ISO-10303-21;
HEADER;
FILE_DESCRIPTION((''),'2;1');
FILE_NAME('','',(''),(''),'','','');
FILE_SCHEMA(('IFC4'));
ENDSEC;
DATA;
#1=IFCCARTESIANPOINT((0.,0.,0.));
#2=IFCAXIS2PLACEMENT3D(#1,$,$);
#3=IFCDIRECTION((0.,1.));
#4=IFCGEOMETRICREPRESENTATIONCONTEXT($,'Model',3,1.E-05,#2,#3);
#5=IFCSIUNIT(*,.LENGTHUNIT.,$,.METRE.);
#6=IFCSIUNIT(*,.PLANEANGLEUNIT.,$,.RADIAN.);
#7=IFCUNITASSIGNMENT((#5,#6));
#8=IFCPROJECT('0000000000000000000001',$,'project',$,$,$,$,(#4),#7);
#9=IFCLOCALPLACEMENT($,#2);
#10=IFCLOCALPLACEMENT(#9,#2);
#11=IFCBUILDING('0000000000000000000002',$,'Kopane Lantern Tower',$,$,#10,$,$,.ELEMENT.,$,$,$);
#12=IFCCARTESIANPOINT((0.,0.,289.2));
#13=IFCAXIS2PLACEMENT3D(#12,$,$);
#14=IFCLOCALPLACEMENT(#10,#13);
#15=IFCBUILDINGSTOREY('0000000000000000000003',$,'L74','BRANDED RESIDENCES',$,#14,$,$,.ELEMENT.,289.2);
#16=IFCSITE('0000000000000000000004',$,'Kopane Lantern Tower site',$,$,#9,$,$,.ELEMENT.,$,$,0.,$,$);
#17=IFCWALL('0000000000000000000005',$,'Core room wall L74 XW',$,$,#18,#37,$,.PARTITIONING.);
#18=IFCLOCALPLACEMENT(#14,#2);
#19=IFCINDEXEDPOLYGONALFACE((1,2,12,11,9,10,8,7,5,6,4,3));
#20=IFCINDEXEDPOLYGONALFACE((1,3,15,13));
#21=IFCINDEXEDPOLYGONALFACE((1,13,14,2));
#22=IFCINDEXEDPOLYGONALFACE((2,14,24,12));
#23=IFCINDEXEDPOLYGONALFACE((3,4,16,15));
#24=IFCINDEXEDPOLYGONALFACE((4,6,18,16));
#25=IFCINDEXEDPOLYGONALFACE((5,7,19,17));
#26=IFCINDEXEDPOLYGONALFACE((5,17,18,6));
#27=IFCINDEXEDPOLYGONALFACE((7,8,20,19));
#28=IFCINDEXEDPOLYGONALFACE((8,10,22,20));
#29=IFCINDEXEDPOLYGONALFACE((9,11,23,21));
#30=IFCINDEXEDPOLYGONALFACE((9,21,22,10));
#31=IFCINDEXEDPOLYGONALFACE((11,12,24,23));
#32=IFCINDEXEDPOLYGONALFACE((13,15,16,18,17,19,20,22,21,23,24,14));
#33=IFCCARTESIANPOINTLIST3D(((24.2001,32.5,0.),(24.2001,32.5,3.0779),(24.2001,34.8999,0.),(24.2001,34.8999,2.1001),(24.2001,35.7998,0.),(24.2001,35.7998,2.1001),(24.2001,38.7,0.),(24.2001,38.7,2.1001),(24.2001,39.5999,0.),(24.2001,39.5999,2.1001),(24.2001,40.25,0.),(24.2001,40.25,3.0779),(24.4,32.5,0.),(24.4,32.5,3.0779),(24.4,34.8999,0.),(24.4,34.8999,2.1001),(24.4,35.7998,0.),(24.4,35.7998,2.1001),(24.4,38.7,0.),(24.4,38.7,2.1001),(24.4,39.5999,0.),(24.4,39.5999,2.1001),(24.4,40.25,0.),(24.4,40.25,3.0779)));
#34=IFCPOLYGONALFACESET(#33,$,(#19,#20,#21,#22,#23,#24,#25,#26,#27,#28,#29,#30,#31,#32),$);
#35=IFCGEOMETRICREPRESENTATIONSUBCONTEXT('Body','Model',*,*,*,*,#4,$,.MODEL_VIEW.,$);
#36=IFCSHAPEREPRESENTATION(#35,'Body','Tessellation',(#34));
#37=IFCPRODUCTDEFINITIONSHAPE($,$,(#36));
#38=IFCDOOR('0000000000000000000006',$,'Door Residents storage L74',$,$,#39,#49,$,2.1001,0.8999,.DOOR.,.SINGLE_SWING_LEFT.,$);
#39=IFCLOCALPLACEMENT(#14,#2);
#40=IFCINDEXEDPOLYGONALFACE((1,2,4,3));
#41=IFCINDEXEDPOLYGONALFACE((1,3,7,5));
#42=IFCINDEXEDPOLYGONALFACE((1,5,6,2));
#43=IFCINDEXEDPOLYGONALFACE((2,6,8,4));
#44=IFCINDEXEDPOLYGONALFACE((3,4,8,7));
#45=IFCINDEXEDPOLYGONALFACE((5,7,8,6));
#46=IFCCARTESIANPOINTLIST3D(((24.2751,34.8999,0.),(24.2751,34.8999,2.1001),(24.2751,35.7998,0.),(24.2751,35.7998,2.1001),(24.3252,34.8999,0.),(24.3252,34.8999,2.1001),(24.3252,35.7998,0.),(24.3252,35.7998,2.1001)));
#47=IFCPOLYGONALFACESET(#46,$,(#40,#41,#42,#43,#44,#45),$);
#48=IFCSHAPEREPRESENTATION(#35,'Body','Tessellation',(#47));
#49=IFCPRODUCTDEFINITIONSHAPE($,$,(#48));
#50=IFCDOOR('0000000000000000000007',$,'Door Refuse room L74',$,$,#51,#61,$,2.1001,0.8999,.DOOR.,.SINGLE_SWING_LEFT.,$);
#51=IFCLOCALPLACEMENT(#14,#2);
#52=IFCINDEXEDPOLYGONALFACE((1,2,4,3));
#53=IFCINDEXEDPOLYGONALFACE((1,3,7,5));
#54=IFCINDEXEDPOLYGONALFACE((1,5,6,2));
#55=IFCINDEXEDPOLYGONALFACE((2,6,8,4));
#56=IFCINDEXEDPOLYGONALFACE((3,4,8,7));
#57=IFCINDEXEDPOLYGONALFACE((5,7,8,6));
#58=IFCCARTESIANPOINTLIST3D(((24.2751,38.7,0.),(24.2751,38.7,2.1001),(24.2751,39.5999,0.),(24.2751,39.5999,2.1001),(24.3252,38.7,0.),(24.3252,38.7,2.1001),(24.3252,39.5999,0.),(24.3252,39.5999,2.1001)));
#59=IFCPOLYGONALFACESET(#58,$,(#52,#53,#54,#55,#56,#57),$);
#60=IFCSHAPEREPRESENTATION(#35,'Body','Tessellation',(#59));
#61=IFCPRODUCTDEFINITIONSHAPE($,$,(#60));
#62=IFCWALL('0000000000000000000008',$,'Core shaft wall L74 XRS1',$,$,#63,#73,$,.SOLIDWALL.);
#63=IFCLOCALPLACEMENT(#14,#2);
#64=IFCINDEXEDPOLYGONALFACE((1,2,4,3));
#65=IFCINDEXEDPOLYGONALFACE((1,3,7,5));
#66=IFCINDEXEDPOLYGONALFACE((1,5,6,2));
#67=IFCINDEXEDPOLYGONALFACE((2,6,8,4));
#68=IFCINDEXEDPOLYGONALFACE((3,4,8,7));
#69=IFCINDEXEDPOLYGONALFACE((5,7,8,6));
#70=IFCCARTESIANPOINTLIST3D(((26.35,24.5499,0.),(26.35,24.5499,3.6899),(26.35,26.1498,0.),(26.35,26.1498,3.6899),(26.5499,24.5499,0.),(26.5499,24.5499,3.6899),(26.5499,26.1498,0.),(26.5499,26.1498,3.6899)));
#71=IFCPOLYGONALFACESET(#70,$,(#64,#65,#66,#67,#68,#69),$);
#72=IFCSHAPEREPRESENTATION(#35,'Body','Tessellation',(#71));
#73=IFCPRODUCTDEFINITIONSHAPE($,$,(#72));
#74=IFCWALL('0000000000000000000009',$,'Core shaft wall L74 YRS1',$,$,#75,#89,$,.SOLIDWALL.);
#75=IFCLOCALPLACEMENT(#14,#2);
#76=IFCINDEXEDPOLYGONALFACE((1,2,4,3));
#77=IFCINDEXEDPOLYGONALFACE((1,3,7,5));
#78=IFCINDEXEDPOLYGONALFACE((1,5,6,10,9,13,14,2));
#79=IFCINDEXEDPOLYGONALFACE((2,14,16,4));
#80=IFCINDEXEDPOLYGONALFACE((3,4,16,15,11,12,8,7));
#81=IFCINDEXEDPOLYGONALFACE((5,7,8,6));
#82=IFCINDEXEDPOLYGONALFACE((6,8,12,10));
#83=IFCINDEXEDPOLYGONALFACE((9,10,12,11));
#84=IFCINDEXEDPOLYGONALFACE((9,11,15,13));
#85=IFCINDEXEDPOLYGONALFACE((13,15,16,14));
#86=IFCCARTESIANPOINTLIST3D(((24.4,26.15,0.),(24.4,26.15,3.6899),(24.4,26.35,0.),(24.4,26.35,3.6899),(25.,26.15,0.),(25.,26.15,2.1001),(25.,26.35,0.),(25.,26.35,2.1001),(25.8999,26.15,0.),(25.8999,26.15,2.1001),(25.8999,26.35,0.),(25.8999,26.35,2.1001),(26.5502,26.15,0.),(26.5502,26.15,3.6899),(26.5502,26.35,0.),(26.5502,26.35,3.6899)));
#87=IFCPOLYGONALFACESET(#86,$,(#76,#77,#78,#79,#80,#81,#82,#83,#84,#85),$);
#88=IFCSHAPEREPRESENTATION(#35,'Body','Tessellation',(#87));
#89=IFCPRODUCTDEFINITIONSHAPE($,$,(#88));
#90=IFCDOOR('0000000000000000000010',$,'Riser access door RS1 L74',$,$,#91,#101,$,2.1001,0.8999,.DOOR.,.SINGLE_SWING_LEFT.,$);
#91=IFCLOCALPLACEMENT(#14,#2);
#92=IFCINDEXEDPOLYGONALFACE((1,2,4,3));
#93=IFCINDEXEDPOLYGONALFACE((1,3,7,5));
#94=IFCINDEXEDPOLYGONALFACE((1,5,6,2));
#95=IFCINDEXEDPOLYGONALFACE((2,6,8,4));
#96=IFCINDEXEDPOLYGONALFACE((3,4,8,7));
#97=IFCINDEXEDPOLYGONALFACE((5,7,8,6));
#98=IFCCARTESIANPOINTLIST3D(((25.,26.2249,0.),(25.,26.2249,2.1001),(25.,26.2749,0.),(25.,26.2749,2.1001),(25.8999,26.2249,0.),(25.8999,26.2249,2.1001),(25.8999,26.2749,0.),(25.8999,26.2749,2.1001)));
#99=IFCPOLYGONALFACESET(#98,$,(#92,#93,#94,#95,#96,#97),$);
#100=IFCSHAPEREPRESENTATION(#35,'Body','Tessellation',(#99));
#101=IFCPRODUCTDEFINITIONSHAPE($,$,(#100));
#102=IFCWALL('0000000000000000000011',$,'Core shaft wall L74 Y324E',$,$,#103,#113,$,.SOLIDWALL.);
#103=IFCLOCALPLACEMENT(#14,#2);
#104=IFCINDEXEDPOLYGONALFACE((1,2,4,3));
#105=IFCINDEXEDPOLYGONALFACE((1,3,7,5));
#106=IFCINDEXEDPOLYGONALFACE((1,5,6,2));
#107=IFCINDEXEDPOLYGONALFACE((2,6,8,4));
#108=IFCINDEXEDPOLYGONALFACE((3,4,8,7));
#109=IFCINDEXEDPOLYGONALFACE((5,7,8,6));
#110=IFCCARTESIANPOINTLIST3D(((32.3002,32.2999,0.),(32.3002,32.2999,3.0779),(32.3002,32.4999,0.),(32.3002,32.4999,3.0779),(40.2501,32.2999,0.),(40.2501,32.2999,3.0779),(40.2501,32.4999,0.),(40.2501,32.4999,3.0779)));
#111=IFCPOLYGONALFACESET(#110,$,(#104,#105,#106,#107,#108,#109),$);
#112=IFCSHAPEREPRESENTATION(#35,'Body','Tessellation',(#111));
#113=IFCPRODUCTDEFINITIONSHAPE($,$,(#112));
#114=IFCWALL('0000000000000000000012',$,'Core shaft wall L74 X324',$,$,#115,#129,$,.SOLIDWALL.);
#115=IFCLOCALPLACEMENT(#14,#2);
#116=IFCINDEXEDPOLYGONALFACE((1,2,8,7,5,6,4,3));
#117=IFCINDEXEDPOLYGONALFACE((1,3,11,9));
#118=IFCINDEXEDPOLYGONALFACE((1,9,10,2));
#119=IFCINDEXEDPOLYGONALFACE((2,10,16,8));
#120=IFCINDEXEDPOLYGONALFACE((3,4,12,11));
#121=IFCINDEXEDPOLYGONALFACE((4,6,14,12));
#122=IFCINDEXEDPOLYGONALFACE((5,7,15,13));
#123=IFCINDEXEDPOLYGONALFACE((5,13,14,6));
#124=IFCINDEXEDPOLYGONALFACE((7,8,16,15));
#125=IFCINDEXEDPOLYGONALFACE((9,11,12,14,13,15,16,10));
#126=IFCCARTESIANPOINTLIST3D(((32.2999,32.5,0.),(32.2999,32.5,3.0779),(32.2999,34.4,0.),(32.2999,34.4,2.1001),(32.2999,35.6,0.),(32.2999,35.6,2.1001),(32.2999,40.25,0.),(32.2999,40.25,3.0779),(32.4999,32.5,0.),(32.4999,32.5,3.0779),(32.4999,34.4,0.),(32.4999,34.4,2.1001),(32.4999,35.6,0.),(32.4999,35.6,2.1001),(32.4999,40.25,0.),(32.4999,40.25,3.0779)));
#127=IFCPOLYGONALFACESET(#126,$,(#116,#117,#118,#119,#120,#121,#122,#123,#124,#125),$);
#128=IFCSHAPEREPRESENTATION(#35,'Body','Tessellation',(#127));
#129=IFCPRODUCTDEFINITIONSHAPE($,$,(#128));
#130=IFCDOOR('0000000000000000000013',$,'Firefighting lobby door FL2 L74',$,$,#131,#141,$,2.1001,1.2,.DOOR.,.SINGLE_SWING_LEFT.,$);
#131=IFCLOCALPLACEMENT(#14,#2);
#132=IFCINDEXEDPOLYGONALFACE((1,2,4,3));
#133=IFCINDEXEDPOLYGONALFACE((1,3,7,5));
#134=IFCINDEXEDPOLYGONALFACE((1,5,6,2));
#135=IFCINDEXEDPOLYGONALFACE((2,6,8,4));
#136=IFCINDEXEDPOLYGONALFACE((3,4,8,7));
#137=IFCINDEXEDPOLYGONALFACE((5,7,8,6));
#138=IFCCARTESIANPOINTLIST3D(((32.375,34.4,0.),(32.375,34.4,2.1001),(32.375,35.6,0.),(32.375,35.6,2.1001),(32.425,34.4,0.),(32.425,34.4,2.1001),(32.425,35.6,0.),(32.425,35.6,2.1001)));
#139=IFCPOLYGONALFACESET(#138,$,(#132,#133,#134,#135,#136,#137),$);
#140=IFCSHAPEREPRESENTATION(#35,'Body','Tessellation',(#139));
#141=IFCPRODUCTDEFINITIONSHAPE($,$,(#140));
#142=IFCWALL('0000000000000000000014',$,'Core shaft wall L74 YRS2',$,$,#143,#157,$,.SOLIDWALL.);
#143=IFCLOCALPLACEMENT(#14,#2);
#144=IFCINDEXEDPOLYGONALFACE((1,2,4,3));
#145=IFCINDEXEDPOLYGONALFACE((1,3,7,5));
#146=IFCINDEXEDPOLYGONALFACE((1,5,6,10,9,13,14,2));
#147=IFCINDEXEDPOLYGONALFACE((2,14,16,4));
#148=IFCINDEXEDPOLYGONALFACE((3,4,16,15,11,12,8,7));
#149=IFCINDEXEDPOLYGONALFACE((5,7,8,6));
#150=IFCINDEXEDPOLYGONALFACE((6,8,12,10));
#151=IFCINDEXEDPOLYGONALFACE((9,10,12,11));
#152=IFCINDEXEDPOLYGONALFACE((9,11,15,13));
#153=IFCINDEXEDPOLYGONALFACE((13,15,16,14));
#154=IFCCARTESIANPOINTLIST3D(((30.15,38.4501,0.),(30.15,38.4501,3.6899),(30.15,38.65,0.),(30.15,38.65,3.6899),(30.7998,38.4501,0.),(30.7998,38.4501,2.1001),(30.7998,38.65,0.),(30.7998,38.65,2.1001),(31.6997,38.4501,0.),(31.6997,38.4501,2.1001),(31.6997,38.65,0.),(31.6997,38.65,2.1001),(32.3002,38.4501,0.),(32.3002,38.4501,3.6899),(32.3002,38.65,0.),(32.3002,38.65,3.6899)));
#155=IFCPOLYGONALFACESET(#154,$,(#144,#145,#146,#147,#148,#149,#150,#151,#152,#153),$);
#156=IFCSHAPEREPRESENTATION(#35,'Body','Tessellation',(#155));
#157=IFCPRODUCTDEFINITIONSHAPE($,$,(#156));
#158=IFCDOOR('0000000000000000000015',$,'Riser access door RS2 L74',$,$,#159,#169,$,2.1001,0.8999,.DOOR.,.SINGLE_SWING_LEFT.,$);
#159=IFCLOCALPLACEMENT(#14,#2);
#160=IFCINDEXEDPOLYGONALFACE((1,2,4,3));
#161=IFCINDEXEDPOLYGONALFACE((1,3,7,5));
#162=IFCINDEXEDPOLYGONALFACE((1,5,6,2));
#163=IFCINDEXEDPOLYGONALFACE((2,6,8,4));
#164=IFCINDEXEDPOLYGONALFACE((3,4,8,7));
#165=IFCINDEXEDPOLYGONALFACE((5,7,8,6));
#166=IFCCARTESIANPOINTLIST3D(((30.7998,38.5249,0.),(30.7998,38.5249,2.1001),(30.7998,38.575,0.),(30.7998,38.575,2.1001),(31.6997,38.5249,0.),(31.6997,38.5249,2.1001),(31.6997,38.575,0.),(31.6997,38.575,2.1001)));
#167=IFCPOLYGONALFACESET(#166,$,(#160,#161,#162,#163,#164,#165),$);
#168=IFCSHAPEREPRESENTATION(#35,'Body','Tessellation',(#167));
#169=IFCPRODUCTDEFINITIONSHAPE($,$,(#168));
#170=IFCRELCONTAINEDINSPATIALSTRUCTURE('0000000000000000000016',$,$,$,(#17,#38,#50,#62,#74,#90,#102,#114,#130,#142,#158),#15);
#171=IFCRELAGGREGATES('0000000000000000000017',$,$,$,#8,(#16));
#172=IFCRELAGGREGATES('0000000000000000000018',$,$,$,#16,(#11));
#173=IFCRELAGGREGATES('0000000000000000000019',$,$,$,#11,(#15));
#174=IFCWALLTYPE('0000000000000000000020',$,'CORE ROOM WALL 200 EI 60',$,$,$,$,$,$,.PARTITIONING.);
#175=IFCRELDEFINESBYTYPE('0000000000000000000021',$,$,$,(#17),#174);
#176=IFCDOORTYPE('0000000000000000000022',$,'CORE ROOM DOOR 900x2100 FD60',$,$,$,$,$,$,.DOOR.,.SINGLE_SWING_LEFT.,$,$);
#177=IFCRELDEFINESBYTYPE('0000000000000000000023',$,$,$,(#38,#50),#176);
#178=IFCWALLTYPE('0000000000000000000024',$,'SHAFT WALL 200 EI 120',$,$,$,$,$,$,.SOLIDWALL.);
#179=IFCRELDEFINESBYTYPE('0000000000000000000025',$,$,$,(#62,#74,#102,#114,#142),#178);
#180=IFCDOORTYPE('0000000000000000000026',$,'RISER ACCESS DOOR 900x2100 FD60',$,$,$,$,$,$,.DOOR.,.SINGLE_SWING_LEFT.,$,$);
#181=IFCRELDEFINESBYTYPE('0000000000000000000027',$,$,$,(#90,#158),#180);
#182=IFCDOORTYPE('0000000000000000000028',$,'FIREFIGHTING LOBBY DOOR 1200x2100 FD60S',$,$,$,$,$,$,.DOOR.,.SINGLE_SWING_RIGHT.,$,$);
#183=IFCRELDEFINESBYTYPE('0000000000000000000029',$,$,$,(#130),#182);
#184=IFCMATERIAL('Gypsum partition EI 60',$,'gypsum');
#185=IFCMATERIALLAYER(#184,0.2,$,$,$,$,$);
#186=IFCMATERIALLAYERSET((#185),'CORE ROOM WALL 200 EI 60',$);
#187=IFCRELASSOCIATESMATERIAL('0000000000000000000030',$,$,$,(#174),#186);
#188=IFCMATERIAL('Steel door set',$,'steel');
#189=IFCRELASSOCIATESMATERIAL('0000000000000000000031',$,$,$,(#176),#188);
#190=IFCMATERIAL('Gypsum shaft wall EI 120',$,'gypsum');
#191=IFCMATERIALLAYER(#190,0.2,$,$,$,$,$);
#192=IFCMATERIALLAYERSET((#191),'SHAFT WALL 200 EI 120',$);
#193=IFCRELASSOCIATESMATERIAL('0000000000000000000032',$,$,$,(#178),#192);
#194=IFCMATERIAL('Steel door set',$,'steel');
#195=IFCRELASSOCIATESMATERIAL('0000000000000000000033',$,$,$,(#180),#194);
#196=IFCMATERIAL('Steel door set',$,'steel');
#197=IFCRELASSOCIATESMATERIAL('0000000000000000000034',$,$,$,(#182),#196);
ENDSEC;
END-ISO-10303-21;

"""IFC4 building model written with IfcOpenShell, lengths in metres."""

from ifc_helpers import new_model, si_unit, direction, frame, frame_2d, origin, place, context, subcontext, project, spatial, rectangle, extrude, material, layer, layer_set, type_object, element, fill, save


model = new_model("IFC4")

# Units and contexts
model_context = context("Model", 3, precision=1e-05, world=origin(), true_north=direction((0.0, 1.0)))
body_context = subcontext(model_context, "Body", "Model", "MODEL_VIEW")
ifc_project = project(units=[si_unit("LENGTHUNIT", "METRE"), si_unit("PLANEANGLEUNIT", "RADIAN")], contexts=[model_context])

# Site, building, storey
site_placement = place(None, origin())
site = spatial("IfcSite", under=ifc_project, at=site_placement, Name="Kopane Lantern Tower site", CompositionType="ELEMENT", RefElevation=0.0)
building_placement = place(site_placement, origin())
building = spatial("IfcBuilding", under=site, at=building_placement, Name="Kopane Lantern Tower", CompositionType="ELEMENT")
storey_placement = place(building_placement, frame((0.0, 0.0, 289.2)))
storey = spatial("IfcBuildingStorey", under=building, at=storey_placement, Name="L74", Description="BRANDED RESIDENCES", CompositionType="ELEMENT", Elevation=289.2)

# Wall, openings, doors
ifc_material_1 = material(Name="Gypsum partition EI 60", Category="gypsum")
ifc_layer_1 = layer(ifc_material_1, 0.2)
ifc_layer_set_1 = layer_set([ifc_layer_1], Name="CORE ROOM WALL 200 EI 60")
wall_type_1 = type_object("IfcWallType", Name="CORE ROOM WALL 200 EI 60", PredefinedType="PARTITIONING", material=ifc_layer_set_1)
wall_1_placement = place(storey_placement, frame((24.3, 32.5, 0.0), z_axis=(0.0, 0.0, 1.0), x_axis=(0.0, 1.0, 0.0)))
wall_1 = element("IfcWall", 1, at=wall_1_placement, inside=storey, type_object=wall_type_1, Name="Core room wall L74 XW", PredefinedType="PARTITIONING", context=body_context, shape_type="SweptSolid", body=[
    extrude(rectangle(XDim=7.75, YDim=0.2, at=frame_2d((3.875, 0.0))), origin(), (0.0, 0.0, 1.0), 3.0779),
])
opening_1_placement = place(wall_1_placement, frame((2.3999, 0.0, 0.0)))
opening_1 = element("IfcOpeningElement", 2, at=opening_1_placement, cuts=wall_1, PredefinedType="OPENING", context=body_context, shape_type="SweptSolid", body=[
    extrude(rectangle(XDim=0.8999, YDim=2.1001, at=frame_2d((0.45, 1.05))), frame((0.0, 0.1099, 0.0), z_axis=(0.0, -1.0, 0.0), x_axis=(1.0, 0.0, 0.0)), (0.0, 0.0, 1.0), 0.22),
])
opening_2_placement = place(wall_1_placement, frame((6.2, 0.0, 0.0)))
opening_2 = element("IfcOpeningElement", 3, at=opening_2_placement, cuts=wall_1, PredefinedType="OPENING", context=body_context, shape_type="SweptSolid", body=[
    extrude(rectangle(XDim=0.8999, YDim=2.1001, at=frame_2d((0.45, 1.05))), frame((0.0, 0.1099, 0.0), z_axis=(0.0, -1.0, 0.0), x_axis=(1.0, 0.0, 0.0)), (0.0, 0.0, 1.0), 0.22),
])
ifc_material_2 = material(Name="Steel door set", Category="steel")
door_type_1 = type_object("IfcDoorType", Name="CORE ROOM DOOR 900x2100 FD60", OperationType="SINGLE_SWING_LEFT", PredefinedType="DOOR", material=ifc_material_2)
door_1_placement = place(opening_1_placement, origin())
door_1 = element("IfcDoor", 4, at=door_1_placement, inside=storey, type_object=door_type_1, Name="Door Residents storage L74", OperationType="SINGLE_SWING_LEFT", OverallHeight=2.1001, OverallWidth=0.8999, PredefinedType="DOOR", context=body_context, shape_type="SweptSolid", body=[
    extrude(rectangle(XDim=0.8999, YDim=2.1001, at=frame_2d((0.45, 1.05))), frame((0.0, 0.0249, 0.0), z_axis=(0.0, -1.0, 0.0), x_axis=(1.0, 0.0, 0.0)), (0.0, 0.0, 1.0), 0.05),
])
fill(opening_1, door_1)
door_2_placement = place(opening_2_placement, origin())
door_2 = element("IfcDoor", 5, at=door_2_placement, inside=storey, type_object=door_type_1, Name="Door Refuse room L74", OperationType="SINGLE_SWING_LEFT", OverallHeight=2.1001, OverallWidth=0.8999, PredefinedType="DOOR", context=body_context, shape_type="SweptSolid", body=[
    extrude(rectangle(XDim=0.8999, YDim=2.1001, at=frame_2d((0.45, 1.05))), frame((0.0, 0.0249, 0.0), z_axis=(0.0, -1.0, 0.0), x_axis=(1.0, 0.0, 0.0)), (0.0, 0.0, 1.0), 0.05),
])
fill(opening_2, door_2)

# Wall
ifc_material_3 = material(Name="Gypsum shaft wall EI 120", Category="gypsum")
ifc_layer_2 = layer(ifc_material_3, 0.2)
ifc_layer_set_2 = layer_set([ifc_layer_2], Name="SHAFT WALL 200 EI 120")
wall_type_2 = type_object("IfcWallType", Name="SHAFT WALL 200 EI 120", PredefinedType="SOLIDWALL", material=ifc_layer_set_2)
wall_2_placement = place(storey_placement, frame((26.45, 24.55, 0.0), z_axis=(0.0, 0.0, 1.0), x_axis=(0.0, 1.0, 0.0)))
element("IfcWall", 6, at=wall_2_placement, inside=storey, type_object=wall_type_2, Name="Core shaft wall L74 XRS1", PredefinedType="SOLIDWALL", context=body_context, shape_type="SweptSolid", body=[
    extrude(rectangle(XDim=1.5999, YDim=0.2, at=frame_2d((0.7998, 0.0))), origin(), (0.0, 0.0, 1.0), 3.6899),
])

# Wall, opening, door
wall_3_placement = place(storey_placement, frame((24.3999, 26.25, 0.0), z_axis=(0.0, 0.0, 1.0), x_axis=(1.0, 0.0, 0.0)))
wall_3 = element("IfcWall", 7, at=wall_3_placement, inside=storey, type_object=wall_type_2, Name="Core shaft wall L74 YRS1", PredefinedType="SOLIDWALL", context=body_context, shape_type="SweptSolid", body=[
    extrude(rectangle(XDim=2.1501, YDim=0.2, at=frame_2d((1.0752, 0.0))), origin(), (0.0, 0.0, 1.0), 3.6899),
])
opening_3_placement = place(wall_3_placement, frame((0.6001, 0.0, 0.0)))
opening_3 = element("IfcOpeningElement", 8, at=opening_3_placement, cuts=wall_3, PredefinedType="OPENING", context=body_context, shape_type="SweptSolid", body=[
    extrude(rectangle(XDim=0.8999, YDim=2.1001, at=frame_2d((0.45, 1.05))), frame((0.0, 0.1099, 0.0), z_axis=(0.0, -1.0, 0.0), x_axis=(1.0, 0.0, 0.0)), (0.0, 0.0, 1.0), 0.22),
])
ifc_material_4 = material(Name="Steel door set", Category="steel")
door_type_2 = type_object("IfcDoorType", Name="RISER ACCESS DOOR 900x2100 FD60", OperationType="SINGLE_SWING_LEFT", PredefinedType="DOOR", material=ifc_material_4)
door_3_placement = place(opening_3_placement, origin())
door_3 = element("IfcDoor", 9, at=door_3_placement, inside=storey, type_object=door_type_2, Name="Riser access door RS1 L74", OperationType="SINGLE_SWING_LEFT", OverallHeight=2.1001, OverallWidth=0.8999, PredefinedType="DOOR", context=body_context, shape_type="SweptSolid", body=[
    extrude(rectangle(XDim=0.8999, YDim=2.1001, at=frame_2d((0.45, 1.05))), frame((0.0, 0.0249, 0.0), z_axis=(0.0, -1.0, 0.0), x_axis=(1.0, 0.0, 0.0)), (0.0, 0.0, 1.0), 0.05),
])
fill(opening_3, door_3)

# Wall
wall_4_placement = place(storey_placement, frame((32.3, 32.3999, 0.0), z_axis=(0.0, 0.0, 1.0), x_axis=(1.0, 0.0, 0.0)))
element("IfcWall", 10, at=wall_4_placement, inside=storey, type_object=wall_type_2, Name="Core shaft wall L74 Y324E", PredefinedType="SOLIDWALL", context=body_context, shape_type="SweptSolid", body=[
    extrude(rectangle(XDim=7.95, YDim=0.2, at=frame_2d((3.9751, 0.0))), origin(), (0.0, 0.0, 1.0), 3.0779),
])

# Walls, openings, doors
wall_5_placement = place(storey_placement, frame((32.3999, 32.5, 0.0), z_axis=(0.0, 0.0, 1.0), x_axis=(0.0, 1.0, 0.0)))
wall_5 = element("IfcWall", 11, at=wall_5_placement, inside=storey, type_object=wall_type_2, Name="Core shaft wall L74 X324", PredefinedType="SOLIDWALL", context=body_context, shape_type="SweptSolid", body=[
    extrude(rectangle(XDim=7.75, YDim=0.2, at=frame_2d((3.875, 0.0))), origin(), (0.0, 0.0, 1.0), 3.0779),
])
opening_4_placement = place(wall_5_placement, frame((1.8999, 0.0, 0.0)))
opening_4 = element("IfcOpeningElement", 12, at=opening_4_placement, cuts=wall_5, PredefinedType="OPENING", context=body_context, shape_type="SweptSolid", body=[
    extrude(rectangle(XDim=1.2, YDim=2.1001, at=frame_2d((0.6001, 1.05))), frame((0.0, 0.1099, 0.0), z_axis=(0.0, -1.0, 0.0), x_axis=(1.0, 0.0, 0.0)), (0.0, 0.0, 1.0), 0.22),
])
ifc_material_5 = material(Name="Steel door set", Category="steel")
door_type_3 = type_object("IfcDoorType", Name="FIREFIGHTING LOBBY DOOR 1200x2100 FD60S", OperationType="SINGLE_SWING_RIGHT", PredefinedType="DOOR", material=ifc_material_5)
door_4_placement = place(opening_4_placement, origin())
door_4 = element("IfcDoor", 13, at=door_4_placement, inside=storey, type_object=door_type_3, Name="Firefighting lobby door FL2 L74", OperationType="SINGLE_SWING_LEFT", OverallHeight=2.1001, OverallWidth=1.2, PredefinedType="DOOR", context=body_context, shape_type="SweptSolid", body=[
    extrude(rectangle(XDim=1.2, YDim=2.1001, at=frame_2d((0.6001, 1.05))), frame((0.0, 0.0249, 0.0), z_axis=(0.0, -1.0, 0.0), x_axis=(1.0, 0.0, 0.0)), (0.0, 0.0, 1.0), 0.05),
])
fill(opening_4, door_4)
wall_6_placement = place(storey_placement, frame((30.1499, 38.55, 0.0), z_axis=(0.0, 0.0, 1.0), x_axis=(1.0, 0.0, 0.0)))
wall_6 = element("IfcWall", 14, at=wall_6_placement, inside=storey, type_object=wall_type_2, Name="Core shaft wall L74 YRS2", PredefinedType="SOLIDWALL", context=body_context, shape_type="SweptSolid", body=[
    extrude(rectangle(XDim=2.1501, YDim=0.2, at=frame_2d((1.0752, 0.0))), origin(), (0.0, 0.0, 1.0), 3.6899),
])
opening_5_placement = place(wall_6_placement, frame((0.6499, 0.0, 0.0)))
opening_5 = element("IfcOpeningElement", 15, at=opening_5_placement, cuts=wall_6, PredefinedType="OPENING", context=body_context, shape_type="SweptSolid", body=[
    extrude(rectangle(XDim=0.8999, YDim=2.1001, at=frame_2d((0.45, 1.05))), frame((0.0, 0.1099, 0.0), z_axis=(0.0, -1.0, 0.0), x_axis=(1.0, 0.0, 0.0)), (0.0, 0.0, 1.0), 0.22),
])
door_5_placement = place(opening_5_placement, origin())
door_5 = element("IfcDoor", 16, at=door_5_placement, inside=storey, type_object=door_type_2, Name="Riser access door RS2 L74", OperationType="SINGLE_SWING_LEFT", OverallHeight=2.1001, OverallWidth=0.8999, PredefinedType="DOOR", context=body_context, shape_type="SweptSolid", body=[
    extrude(rectangle(XDim=0.8999, YDim=2.1001, at=frame_2d((0.45, 1.05))), frame((0.0, 0.0249, 0.0), z_axis=(0.0, -1.0, 0.0), x_axis=(1.0, 0.0, 0.0)), (0.0, 0.0, 1.0), 0.05),
])
fill(opening_5, door_5)

save(model, "model.ifc")
